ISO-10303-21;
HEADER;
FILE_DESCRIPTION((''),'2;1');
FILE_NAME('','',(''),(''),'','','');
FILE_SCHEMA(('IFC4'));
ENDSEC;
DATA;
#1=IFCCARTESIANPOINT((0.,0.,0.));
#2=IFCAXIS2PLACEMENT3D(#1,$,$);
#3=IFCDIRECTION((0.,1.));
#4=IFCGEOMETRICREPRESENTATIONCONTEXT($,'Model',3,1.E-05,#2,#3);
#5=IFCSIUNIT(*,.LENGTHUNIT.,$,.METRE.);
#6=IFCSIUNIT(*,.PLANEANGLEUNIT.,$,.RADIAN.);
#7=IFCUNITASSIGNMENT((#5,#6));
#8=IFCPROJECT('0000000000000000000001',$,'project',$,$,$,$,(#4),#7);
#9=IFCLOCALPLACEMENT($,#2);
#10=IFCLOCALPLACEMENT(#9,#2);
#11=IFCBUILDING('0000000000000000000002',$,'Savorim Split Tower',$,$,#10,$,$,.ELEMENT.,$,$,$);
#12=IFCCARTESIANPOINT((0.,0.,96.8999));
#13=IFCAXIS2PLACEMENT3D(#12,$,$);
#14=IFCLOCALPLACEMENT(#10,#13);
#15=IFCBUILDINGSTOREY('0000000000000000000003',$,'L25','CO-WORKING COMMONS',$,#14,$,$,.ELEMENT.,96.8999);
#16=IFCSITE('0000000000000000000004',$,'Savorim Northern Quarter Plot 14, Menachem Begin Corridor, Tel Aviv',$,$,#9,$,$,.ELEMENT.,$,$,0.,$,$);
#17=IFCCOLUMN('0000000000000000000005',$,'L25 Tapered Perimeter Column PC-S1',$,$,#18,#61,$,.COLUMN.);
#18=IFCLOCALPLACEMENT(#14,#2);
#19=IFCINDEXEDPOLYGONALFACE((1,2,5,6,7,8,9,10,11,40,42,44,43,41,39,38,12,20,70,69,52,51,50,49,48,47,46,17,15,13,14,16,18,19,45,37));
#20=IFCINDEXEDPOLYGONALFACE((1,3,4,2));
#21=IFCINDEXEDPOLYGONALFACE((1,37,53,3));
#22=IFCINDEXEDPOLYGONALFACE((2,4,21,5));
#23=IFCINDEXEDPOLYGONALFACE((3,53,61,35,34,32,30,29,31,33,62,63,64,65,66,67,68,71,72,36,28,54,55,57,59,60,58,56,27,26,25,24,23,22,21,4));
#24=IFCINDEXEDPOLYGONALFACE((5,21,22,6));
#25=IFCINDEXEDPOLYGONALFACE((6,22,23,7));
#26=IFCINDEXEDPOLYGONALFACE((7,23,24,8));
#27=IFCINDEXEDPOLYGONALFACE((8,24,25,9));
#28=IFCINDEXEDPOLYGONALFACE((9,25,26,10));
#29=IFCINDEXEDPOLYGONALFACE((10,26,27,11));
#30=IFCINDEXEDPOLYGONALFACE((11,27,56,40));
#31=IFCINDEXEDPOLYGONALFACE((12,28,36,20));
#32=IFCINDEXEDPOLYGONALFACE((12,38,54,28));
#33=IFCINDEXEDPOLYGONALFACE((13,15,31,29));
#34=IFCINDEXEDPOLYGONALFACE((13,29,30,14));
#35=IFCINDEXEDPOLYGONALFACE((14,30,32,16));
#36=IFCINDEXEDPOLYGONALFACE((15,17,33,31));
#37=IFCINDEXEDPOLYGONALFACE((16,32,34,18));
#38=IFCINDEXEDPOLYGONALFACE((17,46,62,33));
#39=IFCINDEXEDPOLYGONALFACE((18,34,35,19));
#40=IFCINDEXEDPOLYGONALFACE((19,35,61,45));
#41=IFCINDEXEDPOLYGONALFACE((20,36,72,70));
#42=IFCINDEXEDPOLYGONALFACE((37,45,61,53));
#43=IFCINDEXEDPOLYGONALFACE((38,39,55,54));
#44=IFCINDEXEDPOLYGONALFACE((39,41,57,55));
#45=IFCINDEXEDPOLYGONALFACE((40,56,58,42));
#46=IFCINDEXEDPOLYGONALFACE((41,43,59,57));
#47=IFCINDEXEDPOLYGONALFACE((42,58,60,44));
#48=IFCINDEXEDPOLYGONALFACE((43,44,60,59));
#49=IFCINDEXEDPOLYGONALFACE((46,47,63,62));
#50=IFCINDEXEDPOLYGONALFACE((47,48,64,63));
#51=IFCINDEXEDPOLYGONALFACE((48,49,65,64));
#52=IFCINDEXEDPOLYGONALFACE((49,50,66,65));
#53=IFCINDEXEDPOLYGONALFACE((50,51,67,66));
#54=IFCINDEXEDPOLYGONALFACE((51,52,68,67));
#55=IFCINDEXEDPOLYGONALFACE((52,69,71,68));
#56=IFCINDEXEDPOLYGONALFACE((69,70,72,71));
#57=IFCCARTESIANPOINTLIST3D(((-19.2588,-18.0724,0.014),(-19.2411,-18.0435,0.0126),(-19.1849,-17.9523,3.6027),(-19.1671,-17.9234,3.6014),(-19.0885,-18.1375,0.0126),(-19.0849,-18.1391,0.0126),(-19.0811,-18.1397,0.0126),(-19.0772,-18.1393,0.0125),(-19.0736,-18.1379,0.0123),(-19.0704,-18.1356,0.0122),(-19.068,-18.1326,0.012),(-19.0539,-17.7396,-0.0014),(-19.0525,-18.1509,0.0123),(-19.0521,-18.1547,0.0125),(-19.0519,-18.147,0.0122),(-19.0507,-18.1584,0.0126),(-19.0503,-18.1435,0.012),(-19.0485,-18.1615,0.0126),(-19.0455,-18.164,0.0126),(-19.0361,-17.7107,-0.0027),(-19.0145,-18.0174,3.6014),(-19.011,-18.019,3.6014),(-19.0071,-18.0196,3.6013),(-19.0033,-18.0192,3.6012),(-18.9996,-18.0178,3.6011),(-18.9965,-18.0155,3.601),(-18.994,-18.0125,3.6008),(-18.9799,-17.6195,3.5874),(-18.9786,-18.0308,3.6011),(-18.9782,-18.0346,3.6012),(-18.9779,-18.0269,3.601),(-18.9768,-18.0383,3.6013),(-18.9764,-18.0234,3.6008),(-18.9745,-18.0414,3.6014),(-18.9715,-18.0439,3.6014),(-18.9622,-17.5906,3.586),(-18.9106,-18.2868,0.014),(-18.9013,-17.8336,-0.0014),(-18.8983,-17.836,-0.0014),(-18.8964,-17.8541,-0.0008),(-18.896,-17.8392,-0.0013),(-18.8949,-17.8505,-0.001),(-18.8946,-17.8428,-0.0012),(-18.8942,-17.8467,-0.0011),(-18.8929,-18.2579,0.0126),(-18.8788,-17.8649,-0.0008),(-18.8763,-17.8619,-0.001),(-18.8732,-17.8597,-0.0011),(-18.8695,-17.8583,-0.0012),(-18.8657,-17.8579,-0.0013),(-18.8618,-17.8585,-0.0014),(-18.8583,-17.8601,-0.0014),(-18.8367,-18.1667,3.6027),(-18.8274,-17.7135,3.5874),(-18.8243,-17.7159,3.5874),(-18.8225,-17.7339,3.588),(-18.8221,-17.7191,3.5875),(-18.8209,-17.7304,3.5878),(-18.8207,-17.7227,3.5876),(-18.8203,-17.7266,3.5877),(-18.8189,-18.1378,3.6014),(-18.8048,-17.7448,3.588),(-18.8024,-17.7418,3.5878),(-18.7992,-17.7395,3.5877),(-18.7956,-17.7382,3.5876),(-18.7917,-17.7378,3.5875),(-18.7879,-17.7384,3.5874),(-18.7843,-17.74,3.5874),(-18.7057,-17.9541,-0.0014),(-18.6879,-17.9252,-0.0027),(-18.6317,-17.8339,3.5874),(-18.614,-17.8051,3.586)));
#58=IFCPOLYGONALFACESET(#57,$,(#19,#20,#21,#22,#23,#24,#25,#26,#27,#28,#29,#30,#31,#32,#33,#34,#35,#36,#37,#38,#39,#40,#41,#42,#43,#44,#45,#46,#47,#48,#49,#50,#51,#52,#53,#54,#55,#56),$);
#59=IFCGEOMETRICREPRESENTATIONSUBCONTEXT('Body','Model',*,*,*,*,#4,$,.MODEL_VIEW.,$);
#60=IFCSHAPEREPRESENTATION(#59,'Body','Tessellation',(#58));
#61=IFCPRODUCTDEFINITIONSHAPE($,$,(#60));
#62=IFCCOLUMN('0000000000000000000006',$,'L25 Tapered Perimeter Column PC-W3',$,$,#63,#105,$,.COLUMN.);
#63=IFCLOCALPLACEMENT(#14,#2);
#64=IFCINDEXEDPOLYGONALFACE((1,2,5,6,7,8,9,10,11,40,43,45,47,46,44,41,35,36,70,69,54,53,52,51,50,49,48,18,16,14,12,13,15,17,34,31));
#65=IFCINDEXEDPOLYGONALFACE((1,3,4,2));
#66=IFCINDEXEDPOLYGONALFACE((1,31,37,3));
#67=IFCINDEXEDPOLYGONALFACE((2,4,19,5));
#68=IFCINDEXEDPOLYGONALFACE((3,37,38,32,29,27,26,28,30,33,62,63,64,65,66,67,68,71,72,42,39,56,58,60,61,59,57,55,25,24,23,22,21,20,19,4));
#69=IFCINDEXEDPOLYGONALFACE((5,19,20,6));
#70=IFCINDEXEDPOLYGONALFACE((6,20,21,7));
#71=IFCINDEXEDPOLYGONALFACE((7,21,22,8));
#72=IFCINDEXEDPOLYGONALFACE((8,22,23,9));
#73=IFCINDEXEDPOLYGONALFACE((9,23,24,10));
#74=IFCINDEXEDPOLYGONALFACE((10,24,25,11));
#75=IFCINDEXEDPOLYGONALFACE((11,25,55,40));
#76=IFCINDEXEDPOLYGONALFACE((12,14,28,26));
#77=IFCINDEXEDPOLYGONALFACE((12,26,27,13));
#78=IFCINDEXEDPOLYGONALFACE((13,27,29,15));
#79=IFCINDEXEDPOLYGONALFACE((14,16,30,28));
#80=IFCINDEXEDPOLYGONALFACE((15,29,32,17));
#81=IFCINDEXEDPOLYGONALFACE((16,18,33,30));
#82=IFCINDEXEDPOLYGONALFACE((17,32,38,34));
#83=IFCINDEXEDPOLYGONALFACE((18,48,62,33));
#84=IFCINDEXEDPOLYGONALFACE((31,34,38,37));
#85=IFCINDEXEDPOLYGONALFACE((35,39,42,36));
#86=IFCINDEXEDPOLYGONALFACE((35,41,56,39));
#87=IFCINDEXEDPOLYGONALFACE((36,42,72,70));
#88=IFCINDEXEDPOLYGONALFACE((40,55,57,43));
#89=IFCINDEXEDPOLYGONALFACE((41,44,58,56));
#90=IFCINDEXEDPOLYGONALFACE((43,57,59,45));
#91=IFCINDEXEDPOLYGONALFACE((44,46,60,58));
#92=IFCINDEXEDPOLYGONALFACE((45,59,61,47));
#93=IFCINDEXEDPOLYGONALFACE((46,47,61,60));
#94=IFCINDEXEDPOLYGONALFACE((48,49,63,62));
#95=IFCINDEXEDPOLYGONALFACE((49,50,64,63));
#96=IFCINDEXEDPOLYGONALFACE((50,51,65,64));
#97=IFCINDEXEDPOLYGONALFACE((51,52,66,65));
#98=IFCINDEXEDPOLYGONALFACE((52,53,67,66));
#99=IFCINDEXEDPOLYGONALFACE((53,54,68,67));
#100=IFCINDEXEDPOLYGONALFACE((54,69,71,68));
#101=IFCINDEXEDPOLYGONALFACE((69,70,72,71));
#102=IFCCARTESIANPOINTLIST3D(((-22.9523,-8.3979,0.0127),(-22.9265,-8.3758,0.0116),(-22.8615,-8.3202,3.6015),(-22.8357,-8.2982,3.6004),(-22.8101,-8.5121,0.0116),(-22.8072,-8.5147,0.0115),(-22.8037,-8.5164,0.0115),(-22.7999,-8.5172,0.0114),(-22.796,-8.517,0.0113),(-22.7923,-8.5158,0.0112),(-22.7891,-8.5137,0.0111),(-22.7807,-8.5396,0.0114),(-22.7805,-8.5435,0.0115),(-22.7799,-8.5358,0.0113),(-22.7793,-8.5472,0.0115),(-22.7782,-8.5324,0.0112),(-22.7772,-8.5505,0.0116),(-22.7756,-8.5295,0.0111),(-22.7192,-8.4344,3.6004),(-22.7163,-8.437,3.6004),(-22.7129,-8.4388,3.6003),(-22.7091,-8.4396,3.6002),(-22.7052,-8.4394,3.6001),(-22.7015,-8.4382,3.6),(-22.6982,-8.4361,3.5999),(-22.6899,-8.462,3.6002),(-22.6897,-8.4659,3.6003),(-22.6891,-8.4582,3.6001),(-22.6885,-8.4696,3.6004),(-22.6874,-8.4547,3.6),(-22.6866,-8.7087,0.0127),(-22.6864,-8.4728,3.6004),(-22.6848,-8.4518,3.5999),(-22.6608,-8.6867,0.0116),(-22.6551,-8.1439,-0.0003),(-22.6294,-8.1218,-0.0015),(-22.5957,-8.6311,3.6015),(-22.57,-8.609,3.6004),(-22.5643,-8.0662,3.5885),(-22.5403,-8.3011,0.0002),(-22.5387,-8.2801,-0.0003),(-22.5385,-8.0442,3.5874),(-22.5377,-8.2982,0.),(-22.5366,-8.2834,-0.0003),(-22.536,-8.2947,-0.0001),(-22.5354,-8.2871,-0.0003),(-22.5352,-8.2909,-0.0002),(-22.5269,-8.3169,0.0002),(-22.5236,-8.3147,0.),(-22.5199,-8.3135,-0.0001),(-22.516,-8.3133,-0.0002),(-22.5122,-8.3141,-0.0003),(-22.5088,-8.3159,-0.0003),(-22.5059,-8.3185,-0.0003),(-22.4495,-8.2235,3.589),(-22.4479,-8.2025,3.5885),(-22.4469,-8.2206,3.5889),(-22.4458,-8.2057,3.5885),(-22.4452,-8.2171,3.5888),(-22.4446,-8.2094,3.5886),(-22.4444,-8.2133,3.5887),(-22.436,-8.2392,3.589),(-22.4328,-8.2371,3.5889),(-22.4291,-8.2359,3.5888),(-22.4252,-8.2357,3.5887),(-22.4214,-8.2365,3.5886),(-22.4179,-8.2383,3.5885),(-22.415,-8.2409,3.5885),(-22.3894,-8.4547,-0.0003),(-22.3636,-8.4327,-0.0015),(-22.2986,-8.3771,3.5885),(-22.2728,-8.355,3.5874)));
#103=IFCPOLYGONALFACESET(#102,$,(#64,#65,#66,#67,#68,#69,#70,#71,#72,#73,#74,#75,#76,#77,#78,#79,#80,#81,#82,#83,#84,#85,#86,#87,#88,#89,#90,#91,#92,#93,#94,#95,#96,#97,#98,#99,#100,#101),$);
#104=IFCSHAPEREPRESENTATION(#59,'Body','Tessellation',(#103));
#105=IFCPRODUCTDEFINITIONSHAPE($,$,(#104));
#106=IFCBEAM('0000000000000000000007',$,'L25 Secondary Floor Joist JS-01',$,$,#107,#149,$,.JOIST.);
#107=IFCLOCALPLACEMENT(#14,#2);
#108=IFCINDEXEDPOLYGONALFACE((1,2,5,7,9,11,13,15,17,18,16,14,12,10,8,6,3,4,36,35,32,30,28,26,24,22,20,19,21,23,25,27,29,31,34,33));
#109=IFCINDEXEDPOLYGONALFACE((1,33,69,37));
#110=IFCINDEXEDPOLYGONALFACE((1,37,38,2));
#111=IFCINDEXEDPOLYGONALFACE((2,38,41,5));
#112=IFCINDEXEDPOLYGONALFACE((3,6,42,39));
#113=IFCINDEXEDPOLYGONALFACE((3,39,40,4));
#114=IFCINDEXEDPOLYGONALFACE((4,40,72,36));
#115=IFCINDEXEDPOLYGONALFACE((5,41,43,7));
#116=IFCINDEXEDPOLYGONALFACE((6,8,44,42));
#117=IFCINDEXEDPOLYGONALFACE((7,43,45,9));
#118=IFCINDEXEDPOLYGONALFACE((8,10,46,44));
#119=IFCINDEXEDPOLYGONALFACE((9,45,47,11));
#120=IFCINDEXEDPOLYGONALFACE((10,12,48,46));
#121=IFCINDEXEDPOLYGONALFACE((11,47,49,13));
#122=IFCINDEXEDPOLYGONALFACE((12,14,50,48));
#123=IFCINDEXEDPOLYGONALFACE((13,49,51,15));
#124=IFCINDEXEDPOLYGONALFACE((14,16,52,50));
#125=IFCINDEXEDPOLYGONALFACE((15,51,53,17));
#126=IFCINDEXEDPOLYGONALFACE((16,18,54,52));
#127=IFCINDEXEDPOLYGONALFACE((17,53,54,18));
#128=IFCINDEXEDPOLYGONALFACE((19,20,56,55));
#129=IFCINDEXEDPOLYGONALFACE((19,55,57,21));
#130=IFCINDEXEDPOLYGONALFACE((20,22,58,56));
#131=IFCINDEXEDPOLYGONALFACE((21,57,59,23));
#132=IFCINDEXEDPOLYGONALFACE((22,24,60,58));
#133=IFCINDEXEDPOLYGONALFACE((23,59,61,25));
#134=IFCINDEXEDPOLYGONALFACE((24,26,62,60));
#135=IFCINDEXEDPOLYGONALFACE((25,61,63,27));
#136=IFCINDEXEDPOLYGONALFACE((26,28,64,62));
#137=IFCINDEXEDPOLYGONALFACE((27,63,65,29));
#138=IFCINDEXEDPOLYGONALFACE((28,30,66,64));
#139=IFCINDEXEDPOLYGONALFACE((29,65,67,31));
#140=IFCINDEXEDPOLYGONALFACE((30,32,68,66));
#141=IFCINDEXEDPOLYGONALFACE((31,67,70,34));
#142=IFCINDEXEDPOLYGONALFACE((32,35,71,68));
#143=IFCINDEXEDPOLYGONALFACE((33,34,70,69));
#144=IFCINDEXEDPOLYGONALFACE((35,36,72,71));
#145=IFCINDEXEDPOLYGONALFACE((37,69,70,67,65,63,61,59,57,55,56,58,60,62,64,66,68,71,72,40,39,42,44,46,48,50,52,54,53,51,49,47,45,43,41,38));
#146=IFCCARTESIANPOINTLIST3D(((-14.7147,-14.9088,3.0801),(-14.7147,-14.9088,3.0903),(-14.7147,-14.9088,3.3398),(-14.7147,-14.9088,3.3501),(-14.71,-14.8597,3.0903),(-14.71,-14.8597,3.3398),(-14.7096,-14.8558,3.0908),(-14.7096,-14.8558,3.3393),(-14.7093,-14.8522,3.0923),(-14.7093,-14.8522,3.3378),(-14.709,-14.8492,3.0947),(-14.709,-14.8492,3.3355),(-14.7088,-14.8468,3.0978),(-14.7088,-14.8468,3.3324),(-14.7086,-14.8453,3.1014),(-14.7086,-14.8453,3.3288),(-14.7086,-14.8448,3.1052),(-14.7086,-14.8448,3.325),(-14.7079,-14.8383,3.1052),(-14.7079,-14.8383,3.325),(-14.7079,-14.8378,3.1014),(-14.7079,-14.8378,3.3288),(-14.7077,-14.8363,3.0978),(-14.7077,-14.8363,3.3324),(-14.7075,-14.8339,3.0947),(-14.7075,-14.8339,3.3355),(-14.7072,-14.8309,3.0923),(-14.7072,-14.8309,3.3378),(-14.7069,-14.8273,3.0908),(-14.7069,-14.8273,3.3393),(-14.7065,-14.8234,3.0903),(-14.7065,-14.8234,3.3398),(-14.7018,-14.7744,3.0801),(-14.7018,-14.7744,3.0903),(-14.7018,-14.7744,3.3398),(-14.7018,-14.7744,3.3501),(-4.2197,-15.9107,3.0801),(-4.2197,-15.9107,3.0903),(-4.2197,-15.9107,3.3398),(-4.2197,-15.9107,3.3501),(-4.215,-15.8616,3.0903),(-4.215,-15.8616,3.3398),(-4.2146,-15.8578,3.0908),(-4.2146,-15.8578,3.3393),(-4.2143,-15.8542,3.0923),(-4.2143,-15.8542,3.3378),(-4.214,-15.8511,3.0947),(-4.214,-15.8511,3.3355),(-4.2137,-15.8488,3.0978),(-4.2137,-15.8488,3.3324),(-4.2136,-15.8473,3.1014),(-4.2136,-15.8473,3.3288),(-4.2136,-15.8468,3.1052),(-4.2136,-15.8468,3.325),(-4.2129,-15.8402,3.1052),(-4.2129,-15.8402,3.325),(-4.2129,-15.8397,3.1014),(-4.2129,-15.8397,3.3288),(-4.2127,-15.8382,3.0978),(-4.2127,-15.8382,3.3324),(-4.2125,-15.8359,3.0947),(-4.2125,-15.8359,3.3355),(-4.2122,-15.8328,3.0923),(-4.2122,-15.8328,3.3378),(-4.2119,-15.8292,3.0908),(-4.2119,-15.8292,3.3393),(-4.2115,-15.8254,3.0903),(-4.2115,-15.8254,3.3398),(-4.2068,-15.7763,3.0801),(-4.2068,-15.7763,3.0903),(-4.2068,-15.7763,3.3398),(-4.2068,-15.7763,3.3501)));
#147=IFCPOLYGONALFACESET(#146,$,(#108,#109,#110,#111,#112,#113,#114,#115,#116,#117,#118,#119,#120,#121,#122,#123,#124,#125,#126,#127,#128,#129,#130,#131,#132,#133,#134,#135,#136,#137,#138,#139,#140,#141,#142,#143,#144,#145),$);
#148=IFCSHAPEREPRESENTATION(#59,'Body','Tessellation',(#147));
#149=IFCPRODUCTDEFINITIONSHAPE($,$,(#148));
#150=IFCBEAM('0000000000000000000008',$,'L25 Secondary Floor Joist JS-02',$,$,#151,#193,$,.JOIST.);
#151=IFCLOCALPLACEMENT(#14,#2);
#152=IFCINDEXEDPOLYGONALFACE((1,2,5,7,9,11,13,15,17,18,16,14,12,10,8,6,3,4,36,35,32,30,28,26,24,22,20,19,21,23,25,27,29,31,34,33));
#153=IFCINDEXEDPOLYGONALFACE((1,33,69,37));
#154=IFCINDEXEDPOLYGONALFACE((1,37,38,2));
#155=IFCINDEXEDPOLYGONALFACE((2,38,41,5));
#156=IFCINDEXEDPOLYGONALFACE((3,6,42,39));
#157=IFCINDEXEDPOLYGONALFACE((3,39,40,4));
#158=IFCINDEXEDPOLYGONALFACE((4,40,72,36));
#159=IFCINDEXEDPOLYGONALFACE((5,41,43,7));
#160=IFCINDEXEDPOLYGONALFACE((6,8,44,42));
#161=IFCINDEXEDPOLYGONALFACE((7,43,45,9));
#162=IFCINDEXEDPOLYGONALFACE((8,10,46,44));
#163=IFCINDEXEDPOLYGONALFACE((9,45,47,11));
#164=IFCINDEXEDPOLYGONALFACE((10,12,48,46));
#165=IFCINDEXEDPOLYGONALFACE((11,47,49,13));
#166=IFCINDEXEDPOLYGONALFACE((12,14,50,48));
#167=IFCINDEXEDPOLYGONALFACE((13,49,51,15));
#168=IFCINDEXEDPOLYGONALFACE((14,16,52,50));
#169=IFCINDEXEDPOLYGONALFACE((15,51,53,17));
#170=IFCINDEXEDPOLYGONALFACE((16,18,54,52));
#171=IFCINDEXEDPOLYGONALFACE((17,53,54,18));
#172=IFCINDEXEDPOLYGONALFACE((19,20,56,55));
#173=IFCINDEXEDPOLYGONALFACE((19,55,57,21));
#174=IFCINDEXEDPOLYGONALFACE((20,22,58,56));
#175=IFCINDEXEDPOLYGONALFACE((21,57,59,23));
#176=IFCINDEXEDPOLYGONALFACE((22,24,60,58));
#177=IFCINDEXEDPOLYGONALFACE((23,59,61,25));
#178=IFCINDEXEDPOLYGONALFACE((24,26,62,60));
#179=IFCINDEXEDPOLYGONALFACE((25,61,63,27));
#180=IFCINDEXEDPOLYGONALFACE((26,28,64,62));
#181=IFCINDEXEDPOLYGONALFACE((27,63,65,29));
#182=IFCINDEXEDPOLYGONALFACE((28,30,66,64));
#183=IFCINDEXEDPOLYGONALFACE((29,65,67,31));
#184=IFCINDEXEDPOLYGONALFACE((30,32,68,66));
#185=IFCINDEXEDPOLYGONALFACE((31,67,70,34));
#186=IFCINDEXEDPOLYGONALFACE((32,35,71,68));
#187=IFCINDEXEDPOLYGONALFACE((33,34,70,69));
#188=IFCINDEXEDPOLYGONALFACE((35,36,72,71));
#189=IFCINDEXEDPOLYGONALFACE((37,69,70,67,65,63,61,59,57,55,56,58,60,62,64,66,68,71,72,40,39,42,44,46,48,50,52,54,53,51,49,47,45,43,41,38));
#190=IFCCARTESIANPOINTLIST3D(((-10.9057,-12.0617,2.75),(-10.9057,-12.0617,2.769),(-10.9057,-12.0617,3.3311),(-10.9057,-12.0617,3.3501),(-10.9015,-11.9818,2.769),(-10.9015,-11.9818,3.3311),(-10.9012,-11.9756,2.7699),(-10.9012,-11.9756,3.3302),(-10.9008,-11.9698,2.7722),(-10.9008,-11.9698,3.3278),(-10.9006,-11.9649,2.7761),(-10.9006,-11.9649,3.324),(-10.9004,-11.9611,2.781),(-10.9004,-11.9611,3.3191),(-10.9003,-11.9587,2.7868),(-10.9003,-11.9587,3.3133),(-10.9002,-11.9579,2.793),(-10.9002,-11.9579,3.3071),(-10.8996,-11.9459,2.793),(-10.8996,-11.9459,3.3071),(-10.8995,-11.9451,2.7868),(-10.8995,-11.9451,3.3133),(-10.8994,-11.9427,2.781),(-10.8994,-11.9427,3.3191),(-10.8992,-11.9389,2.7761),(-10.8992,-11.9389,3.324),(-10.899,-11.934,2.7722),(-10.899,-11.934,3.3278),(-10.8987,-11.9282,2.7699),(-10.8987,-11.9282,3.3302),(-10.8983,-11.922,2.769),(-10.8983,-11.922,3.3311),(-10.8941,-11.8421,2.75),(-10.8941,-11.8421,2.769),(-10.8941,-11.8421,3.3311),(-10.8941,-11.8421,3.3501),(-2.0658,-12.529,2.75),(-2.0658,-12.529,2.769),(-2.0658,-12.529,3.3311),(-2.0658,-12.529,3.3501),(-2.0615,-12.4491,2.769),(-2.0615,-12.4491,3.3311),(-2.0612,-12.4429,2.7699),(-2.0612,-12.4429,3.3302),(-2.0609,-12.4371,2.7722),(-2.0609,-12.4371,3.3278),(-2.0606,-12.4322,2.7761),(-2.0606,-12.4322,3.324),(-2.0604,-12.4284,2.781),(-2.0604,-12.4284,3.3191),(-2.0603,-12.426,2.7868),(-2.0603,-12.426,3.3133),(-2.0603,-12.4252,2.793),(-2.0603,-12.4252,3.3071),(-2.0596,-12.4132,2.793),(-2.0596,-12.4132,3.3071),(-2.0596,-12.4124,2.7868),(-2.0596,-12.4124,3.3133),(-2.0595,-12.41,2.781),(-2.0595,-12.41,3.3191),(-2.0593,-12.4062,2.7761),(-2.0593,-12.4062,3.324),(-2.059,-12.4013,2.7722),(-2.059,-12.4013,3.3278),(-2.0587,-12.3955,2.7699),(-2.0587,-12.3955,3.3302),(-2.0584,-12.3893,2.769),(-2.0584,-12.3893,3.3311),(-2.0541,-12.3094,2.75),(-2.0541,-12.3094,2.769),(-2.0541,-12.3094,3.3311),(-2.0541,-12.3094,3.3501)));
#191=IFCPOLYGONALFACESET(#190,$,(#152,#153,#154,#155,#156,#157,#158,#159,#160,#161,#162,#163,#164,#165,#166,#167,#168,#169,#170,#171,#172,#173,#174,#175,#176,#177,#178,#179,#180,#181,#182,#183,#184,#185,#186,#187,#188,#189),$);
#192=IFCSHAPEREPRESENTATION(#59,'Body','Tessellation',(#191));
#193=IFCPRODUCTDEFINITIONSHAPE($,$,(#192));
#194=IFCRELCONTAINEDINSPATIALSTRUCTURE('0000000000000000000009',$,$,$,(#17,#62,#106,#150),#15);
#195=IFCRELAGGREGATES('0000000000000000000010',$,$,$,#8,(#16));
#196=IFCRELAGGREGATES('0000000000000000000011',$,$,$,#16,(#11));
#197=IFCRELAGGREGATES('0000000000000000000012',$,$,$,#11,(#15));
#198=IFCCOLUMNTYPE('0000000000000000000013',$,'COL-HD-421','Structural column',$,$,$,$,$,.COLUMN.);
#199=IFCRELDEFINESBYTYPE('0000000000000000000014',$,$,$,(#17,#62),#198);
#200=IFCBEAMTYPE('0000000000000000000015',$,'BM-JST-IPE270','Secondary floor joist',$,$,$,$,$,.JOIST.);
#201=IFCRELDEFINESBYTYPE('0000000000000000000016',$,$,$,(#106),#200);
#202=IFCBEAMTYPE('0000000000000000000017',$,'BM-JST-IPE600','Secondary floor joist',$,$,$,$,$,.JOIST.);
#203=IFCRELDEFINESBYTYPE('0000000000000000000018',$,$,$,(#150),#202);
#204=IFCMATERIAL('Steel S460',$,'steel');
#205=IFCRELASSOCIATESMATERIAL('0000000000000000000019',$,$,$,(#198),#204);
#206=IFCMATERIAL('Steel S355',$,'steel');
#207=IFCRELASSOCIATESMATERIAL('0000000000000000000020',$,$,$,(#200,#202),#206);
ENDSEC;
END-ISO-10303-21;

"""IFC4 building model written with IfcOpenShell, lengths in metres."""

from ifc_helpers import new_model, si_unit, direction, frame, origin, origin_2d, place, context, subcontext, project, spatial, i_section, extrude, material, material_profile, profile_set, type_object, element, save


model = new_model("IFC4")

# Units and contexts
model_context = context("Model", 3, precision=1e-05, world=origin(), true_north=direction((0.0, 1.0)))
body_context = subcontext(model_context, "Body", "Model", "MODEL_VIEW")
ifc_project = project(units=[si_unit("LENGTHUNIT", "METRE"), si_unit("PLANEANGLEUNIT", "RADIAN")], contexts=[model_context])

# Site, building, storey
site_placement = place(None, origin())
site = spatial("IfcSite", under=ifc_project, at=site_placement, Name="Savorim Northern Quarter Plot 14, Menachem Begin Corridor, Tel Aviv", CompositionType="ELEMENT", RefElevation=0.0)
building_placement = place(site_placement, origin())
building = spatial("IfcBuilding", under=site, at=building_placement, Name="Savorim Split Tower", CompositionType="ELEMENT")
storey_placement = place(building_placement, frame((0.0, 0.0, 96.8999)))
storey = spatial("IfcBuildingStorey", under=building, at=storey_placement, Name="L25", Description="CO-WORKING COMMONS", CompositionType="ELEMENT", Elevation=96.8999)

# Columns
ifc_material_1 = material(Name="Steel S460", Category="steel")
ifc_material_profile_1 = material_profile(ifc_material_1, i_section(OverallWidth=0.4089, OverallDepth=0.425, WebThickness=0.0208, FlangeThickness=0.0339, FilletRadius=0.0149, at=origin_2d()), Name="HD 400x421")
ifc_profile_set_1 = profile_set([ifc_material_profile_1], Name="Steel S460")
column_type = type_object("IfcColumnType", Name="COL-HD-421", Description="Structural column", PredefinedType="COLUMN", material=ifc_profile_set_1)
column_1_placement = place(storey_placement, frame((-18.9734, -17.9988, 0.0056), z_axis=(0.020596, 0.033444, 0.999228), x_axis=(-0.85148, 0.524387, 0.0)))
element("IfcColumn", 1, at=column_1_placement, inside=storey, type_object=column_type, Name="L25 Tapered Perimeter Column PC-S1", PredefinedType="COLUMN", context=body_context, shape_type="SweptSolid", body=[
    extrude(i_section(OverallWidth=0.4089, OverallDepth=0.425, WebThickness=0.0208, FlangeThickness=0.0339, FilletRadius=0.0149, at=origin_2d()), origin(), (0.0, 0.0, 1.0), 3.5916),
])
column_2_placement = place(storey_placement, frame((-22.658, -8.4153, 0.0056), z_axis=(0.025292, 0.021621, 0.999446), x_axis=(-0.649781, 0.760121, 0.0)))
element("IfcColumn", 2, at=column_2_placement, inside=storey, type_object=column_type, Name="L25 Tapered Perimeter Column PC-W3", PredefinedType="COLUMN", context=body_context, shape_type="SweptSolid", body=[
    extrude(i_section(OverallWidth=0.4089, OverallDepth=0.425, WebThickness=0.0208, FlangeThickness=0.0339, FilletRadius=0.0149, at=origin_2d()), origin(), (0.0, 0.0, 1.0), 3.5908),
])

# Beams
ifc_material_2 = material(Name="Steel S355", Category="steel")
ifc_material_profile_2 = material_profile(ifc_material_2, i_section(OverallWidth=0.135, OverallDepth=0.27, WebThickness=0.0066, FlangeThickness=0.0103, FilletRadius=0.0149, at=origin_2d()), Name="IPE 270")
ifc_profile_set_2 = profile_set([ifc_material_profile_2], Name="Steel S355")
beam_type_1 = type_object("IfcBeamType", Name="BM-JST-IPE270", Description="Secondary floor joist", PredefinedType="JOIST", material=ifc_profile_set_2)
beam_1_placement = place(storey_placement, frame((-14.7083, -14.8416, 3.2151), z_axis=(0.995474, -0.095036, 0.0), x_axis=(0.095036, 0.995474, 0.0)))
element("IfcBeam", 3, at=beam_1_placement, inside=storey, type_object=beam_type_1, Name="L25 Secondary Floor Joist JS-01", PredefinedType="JOIST", context=body_context, shape_type="SweptSolid", body=[
    extrude(i_section(OverallWidth=0.135, OverallDepth=0.27, WebThickness=0.0066, FlangeThickness=0.0103, FilletRadius=0.0149, at=origin_2d()), origin(), (0.0, 0.0, 1.0), 10.5427),
])
ifc_material_profile_3 = material_profile(ifc_material_2, i_section(OverallWidth=0.22, OverallDepth=0.6001, WebThickness=0.012, FlangeThickness=0.019, FilletRadius=0.0239, at=origin_2d()), Name="IPE 600")
ifc_profile_set_3 = profile_set([ifc_material_profile_3], Name="Steel S355")
beam_type_2 = type_object("IfcBeamType", Name="BM-JST-IPE600", Description="Secondary floor joist", PredefinedType="JOIST", material=ifc_profile_set_3)
beam_2_placement = place(storey_placement, frame((-10.8999, -11.9519, 3.05), z_axis=(0.998606, -0.052788, 0.0), x_axis=(0.052788, 0.998606, 0.0)))
element("IfcBeam", 4, at=beam_2_placement, inside=storey, type_object=beam_type_2, Name="L25 Secondary Floor Joist JS-02", PredefinedType="JOIST", context=body_context, shape_type="SweptSolid", body=[
    extrude(i_section(OverallWidth=0.22, OverallDepth=0.6001, WebThickness=0.012, FlangeThickness=0.019, FilletRadius=0.0239, at=origin_2d()), origin(), (0.0, 0.0, 1.0), 8.8523),
])

save(model, "model.ifc")
